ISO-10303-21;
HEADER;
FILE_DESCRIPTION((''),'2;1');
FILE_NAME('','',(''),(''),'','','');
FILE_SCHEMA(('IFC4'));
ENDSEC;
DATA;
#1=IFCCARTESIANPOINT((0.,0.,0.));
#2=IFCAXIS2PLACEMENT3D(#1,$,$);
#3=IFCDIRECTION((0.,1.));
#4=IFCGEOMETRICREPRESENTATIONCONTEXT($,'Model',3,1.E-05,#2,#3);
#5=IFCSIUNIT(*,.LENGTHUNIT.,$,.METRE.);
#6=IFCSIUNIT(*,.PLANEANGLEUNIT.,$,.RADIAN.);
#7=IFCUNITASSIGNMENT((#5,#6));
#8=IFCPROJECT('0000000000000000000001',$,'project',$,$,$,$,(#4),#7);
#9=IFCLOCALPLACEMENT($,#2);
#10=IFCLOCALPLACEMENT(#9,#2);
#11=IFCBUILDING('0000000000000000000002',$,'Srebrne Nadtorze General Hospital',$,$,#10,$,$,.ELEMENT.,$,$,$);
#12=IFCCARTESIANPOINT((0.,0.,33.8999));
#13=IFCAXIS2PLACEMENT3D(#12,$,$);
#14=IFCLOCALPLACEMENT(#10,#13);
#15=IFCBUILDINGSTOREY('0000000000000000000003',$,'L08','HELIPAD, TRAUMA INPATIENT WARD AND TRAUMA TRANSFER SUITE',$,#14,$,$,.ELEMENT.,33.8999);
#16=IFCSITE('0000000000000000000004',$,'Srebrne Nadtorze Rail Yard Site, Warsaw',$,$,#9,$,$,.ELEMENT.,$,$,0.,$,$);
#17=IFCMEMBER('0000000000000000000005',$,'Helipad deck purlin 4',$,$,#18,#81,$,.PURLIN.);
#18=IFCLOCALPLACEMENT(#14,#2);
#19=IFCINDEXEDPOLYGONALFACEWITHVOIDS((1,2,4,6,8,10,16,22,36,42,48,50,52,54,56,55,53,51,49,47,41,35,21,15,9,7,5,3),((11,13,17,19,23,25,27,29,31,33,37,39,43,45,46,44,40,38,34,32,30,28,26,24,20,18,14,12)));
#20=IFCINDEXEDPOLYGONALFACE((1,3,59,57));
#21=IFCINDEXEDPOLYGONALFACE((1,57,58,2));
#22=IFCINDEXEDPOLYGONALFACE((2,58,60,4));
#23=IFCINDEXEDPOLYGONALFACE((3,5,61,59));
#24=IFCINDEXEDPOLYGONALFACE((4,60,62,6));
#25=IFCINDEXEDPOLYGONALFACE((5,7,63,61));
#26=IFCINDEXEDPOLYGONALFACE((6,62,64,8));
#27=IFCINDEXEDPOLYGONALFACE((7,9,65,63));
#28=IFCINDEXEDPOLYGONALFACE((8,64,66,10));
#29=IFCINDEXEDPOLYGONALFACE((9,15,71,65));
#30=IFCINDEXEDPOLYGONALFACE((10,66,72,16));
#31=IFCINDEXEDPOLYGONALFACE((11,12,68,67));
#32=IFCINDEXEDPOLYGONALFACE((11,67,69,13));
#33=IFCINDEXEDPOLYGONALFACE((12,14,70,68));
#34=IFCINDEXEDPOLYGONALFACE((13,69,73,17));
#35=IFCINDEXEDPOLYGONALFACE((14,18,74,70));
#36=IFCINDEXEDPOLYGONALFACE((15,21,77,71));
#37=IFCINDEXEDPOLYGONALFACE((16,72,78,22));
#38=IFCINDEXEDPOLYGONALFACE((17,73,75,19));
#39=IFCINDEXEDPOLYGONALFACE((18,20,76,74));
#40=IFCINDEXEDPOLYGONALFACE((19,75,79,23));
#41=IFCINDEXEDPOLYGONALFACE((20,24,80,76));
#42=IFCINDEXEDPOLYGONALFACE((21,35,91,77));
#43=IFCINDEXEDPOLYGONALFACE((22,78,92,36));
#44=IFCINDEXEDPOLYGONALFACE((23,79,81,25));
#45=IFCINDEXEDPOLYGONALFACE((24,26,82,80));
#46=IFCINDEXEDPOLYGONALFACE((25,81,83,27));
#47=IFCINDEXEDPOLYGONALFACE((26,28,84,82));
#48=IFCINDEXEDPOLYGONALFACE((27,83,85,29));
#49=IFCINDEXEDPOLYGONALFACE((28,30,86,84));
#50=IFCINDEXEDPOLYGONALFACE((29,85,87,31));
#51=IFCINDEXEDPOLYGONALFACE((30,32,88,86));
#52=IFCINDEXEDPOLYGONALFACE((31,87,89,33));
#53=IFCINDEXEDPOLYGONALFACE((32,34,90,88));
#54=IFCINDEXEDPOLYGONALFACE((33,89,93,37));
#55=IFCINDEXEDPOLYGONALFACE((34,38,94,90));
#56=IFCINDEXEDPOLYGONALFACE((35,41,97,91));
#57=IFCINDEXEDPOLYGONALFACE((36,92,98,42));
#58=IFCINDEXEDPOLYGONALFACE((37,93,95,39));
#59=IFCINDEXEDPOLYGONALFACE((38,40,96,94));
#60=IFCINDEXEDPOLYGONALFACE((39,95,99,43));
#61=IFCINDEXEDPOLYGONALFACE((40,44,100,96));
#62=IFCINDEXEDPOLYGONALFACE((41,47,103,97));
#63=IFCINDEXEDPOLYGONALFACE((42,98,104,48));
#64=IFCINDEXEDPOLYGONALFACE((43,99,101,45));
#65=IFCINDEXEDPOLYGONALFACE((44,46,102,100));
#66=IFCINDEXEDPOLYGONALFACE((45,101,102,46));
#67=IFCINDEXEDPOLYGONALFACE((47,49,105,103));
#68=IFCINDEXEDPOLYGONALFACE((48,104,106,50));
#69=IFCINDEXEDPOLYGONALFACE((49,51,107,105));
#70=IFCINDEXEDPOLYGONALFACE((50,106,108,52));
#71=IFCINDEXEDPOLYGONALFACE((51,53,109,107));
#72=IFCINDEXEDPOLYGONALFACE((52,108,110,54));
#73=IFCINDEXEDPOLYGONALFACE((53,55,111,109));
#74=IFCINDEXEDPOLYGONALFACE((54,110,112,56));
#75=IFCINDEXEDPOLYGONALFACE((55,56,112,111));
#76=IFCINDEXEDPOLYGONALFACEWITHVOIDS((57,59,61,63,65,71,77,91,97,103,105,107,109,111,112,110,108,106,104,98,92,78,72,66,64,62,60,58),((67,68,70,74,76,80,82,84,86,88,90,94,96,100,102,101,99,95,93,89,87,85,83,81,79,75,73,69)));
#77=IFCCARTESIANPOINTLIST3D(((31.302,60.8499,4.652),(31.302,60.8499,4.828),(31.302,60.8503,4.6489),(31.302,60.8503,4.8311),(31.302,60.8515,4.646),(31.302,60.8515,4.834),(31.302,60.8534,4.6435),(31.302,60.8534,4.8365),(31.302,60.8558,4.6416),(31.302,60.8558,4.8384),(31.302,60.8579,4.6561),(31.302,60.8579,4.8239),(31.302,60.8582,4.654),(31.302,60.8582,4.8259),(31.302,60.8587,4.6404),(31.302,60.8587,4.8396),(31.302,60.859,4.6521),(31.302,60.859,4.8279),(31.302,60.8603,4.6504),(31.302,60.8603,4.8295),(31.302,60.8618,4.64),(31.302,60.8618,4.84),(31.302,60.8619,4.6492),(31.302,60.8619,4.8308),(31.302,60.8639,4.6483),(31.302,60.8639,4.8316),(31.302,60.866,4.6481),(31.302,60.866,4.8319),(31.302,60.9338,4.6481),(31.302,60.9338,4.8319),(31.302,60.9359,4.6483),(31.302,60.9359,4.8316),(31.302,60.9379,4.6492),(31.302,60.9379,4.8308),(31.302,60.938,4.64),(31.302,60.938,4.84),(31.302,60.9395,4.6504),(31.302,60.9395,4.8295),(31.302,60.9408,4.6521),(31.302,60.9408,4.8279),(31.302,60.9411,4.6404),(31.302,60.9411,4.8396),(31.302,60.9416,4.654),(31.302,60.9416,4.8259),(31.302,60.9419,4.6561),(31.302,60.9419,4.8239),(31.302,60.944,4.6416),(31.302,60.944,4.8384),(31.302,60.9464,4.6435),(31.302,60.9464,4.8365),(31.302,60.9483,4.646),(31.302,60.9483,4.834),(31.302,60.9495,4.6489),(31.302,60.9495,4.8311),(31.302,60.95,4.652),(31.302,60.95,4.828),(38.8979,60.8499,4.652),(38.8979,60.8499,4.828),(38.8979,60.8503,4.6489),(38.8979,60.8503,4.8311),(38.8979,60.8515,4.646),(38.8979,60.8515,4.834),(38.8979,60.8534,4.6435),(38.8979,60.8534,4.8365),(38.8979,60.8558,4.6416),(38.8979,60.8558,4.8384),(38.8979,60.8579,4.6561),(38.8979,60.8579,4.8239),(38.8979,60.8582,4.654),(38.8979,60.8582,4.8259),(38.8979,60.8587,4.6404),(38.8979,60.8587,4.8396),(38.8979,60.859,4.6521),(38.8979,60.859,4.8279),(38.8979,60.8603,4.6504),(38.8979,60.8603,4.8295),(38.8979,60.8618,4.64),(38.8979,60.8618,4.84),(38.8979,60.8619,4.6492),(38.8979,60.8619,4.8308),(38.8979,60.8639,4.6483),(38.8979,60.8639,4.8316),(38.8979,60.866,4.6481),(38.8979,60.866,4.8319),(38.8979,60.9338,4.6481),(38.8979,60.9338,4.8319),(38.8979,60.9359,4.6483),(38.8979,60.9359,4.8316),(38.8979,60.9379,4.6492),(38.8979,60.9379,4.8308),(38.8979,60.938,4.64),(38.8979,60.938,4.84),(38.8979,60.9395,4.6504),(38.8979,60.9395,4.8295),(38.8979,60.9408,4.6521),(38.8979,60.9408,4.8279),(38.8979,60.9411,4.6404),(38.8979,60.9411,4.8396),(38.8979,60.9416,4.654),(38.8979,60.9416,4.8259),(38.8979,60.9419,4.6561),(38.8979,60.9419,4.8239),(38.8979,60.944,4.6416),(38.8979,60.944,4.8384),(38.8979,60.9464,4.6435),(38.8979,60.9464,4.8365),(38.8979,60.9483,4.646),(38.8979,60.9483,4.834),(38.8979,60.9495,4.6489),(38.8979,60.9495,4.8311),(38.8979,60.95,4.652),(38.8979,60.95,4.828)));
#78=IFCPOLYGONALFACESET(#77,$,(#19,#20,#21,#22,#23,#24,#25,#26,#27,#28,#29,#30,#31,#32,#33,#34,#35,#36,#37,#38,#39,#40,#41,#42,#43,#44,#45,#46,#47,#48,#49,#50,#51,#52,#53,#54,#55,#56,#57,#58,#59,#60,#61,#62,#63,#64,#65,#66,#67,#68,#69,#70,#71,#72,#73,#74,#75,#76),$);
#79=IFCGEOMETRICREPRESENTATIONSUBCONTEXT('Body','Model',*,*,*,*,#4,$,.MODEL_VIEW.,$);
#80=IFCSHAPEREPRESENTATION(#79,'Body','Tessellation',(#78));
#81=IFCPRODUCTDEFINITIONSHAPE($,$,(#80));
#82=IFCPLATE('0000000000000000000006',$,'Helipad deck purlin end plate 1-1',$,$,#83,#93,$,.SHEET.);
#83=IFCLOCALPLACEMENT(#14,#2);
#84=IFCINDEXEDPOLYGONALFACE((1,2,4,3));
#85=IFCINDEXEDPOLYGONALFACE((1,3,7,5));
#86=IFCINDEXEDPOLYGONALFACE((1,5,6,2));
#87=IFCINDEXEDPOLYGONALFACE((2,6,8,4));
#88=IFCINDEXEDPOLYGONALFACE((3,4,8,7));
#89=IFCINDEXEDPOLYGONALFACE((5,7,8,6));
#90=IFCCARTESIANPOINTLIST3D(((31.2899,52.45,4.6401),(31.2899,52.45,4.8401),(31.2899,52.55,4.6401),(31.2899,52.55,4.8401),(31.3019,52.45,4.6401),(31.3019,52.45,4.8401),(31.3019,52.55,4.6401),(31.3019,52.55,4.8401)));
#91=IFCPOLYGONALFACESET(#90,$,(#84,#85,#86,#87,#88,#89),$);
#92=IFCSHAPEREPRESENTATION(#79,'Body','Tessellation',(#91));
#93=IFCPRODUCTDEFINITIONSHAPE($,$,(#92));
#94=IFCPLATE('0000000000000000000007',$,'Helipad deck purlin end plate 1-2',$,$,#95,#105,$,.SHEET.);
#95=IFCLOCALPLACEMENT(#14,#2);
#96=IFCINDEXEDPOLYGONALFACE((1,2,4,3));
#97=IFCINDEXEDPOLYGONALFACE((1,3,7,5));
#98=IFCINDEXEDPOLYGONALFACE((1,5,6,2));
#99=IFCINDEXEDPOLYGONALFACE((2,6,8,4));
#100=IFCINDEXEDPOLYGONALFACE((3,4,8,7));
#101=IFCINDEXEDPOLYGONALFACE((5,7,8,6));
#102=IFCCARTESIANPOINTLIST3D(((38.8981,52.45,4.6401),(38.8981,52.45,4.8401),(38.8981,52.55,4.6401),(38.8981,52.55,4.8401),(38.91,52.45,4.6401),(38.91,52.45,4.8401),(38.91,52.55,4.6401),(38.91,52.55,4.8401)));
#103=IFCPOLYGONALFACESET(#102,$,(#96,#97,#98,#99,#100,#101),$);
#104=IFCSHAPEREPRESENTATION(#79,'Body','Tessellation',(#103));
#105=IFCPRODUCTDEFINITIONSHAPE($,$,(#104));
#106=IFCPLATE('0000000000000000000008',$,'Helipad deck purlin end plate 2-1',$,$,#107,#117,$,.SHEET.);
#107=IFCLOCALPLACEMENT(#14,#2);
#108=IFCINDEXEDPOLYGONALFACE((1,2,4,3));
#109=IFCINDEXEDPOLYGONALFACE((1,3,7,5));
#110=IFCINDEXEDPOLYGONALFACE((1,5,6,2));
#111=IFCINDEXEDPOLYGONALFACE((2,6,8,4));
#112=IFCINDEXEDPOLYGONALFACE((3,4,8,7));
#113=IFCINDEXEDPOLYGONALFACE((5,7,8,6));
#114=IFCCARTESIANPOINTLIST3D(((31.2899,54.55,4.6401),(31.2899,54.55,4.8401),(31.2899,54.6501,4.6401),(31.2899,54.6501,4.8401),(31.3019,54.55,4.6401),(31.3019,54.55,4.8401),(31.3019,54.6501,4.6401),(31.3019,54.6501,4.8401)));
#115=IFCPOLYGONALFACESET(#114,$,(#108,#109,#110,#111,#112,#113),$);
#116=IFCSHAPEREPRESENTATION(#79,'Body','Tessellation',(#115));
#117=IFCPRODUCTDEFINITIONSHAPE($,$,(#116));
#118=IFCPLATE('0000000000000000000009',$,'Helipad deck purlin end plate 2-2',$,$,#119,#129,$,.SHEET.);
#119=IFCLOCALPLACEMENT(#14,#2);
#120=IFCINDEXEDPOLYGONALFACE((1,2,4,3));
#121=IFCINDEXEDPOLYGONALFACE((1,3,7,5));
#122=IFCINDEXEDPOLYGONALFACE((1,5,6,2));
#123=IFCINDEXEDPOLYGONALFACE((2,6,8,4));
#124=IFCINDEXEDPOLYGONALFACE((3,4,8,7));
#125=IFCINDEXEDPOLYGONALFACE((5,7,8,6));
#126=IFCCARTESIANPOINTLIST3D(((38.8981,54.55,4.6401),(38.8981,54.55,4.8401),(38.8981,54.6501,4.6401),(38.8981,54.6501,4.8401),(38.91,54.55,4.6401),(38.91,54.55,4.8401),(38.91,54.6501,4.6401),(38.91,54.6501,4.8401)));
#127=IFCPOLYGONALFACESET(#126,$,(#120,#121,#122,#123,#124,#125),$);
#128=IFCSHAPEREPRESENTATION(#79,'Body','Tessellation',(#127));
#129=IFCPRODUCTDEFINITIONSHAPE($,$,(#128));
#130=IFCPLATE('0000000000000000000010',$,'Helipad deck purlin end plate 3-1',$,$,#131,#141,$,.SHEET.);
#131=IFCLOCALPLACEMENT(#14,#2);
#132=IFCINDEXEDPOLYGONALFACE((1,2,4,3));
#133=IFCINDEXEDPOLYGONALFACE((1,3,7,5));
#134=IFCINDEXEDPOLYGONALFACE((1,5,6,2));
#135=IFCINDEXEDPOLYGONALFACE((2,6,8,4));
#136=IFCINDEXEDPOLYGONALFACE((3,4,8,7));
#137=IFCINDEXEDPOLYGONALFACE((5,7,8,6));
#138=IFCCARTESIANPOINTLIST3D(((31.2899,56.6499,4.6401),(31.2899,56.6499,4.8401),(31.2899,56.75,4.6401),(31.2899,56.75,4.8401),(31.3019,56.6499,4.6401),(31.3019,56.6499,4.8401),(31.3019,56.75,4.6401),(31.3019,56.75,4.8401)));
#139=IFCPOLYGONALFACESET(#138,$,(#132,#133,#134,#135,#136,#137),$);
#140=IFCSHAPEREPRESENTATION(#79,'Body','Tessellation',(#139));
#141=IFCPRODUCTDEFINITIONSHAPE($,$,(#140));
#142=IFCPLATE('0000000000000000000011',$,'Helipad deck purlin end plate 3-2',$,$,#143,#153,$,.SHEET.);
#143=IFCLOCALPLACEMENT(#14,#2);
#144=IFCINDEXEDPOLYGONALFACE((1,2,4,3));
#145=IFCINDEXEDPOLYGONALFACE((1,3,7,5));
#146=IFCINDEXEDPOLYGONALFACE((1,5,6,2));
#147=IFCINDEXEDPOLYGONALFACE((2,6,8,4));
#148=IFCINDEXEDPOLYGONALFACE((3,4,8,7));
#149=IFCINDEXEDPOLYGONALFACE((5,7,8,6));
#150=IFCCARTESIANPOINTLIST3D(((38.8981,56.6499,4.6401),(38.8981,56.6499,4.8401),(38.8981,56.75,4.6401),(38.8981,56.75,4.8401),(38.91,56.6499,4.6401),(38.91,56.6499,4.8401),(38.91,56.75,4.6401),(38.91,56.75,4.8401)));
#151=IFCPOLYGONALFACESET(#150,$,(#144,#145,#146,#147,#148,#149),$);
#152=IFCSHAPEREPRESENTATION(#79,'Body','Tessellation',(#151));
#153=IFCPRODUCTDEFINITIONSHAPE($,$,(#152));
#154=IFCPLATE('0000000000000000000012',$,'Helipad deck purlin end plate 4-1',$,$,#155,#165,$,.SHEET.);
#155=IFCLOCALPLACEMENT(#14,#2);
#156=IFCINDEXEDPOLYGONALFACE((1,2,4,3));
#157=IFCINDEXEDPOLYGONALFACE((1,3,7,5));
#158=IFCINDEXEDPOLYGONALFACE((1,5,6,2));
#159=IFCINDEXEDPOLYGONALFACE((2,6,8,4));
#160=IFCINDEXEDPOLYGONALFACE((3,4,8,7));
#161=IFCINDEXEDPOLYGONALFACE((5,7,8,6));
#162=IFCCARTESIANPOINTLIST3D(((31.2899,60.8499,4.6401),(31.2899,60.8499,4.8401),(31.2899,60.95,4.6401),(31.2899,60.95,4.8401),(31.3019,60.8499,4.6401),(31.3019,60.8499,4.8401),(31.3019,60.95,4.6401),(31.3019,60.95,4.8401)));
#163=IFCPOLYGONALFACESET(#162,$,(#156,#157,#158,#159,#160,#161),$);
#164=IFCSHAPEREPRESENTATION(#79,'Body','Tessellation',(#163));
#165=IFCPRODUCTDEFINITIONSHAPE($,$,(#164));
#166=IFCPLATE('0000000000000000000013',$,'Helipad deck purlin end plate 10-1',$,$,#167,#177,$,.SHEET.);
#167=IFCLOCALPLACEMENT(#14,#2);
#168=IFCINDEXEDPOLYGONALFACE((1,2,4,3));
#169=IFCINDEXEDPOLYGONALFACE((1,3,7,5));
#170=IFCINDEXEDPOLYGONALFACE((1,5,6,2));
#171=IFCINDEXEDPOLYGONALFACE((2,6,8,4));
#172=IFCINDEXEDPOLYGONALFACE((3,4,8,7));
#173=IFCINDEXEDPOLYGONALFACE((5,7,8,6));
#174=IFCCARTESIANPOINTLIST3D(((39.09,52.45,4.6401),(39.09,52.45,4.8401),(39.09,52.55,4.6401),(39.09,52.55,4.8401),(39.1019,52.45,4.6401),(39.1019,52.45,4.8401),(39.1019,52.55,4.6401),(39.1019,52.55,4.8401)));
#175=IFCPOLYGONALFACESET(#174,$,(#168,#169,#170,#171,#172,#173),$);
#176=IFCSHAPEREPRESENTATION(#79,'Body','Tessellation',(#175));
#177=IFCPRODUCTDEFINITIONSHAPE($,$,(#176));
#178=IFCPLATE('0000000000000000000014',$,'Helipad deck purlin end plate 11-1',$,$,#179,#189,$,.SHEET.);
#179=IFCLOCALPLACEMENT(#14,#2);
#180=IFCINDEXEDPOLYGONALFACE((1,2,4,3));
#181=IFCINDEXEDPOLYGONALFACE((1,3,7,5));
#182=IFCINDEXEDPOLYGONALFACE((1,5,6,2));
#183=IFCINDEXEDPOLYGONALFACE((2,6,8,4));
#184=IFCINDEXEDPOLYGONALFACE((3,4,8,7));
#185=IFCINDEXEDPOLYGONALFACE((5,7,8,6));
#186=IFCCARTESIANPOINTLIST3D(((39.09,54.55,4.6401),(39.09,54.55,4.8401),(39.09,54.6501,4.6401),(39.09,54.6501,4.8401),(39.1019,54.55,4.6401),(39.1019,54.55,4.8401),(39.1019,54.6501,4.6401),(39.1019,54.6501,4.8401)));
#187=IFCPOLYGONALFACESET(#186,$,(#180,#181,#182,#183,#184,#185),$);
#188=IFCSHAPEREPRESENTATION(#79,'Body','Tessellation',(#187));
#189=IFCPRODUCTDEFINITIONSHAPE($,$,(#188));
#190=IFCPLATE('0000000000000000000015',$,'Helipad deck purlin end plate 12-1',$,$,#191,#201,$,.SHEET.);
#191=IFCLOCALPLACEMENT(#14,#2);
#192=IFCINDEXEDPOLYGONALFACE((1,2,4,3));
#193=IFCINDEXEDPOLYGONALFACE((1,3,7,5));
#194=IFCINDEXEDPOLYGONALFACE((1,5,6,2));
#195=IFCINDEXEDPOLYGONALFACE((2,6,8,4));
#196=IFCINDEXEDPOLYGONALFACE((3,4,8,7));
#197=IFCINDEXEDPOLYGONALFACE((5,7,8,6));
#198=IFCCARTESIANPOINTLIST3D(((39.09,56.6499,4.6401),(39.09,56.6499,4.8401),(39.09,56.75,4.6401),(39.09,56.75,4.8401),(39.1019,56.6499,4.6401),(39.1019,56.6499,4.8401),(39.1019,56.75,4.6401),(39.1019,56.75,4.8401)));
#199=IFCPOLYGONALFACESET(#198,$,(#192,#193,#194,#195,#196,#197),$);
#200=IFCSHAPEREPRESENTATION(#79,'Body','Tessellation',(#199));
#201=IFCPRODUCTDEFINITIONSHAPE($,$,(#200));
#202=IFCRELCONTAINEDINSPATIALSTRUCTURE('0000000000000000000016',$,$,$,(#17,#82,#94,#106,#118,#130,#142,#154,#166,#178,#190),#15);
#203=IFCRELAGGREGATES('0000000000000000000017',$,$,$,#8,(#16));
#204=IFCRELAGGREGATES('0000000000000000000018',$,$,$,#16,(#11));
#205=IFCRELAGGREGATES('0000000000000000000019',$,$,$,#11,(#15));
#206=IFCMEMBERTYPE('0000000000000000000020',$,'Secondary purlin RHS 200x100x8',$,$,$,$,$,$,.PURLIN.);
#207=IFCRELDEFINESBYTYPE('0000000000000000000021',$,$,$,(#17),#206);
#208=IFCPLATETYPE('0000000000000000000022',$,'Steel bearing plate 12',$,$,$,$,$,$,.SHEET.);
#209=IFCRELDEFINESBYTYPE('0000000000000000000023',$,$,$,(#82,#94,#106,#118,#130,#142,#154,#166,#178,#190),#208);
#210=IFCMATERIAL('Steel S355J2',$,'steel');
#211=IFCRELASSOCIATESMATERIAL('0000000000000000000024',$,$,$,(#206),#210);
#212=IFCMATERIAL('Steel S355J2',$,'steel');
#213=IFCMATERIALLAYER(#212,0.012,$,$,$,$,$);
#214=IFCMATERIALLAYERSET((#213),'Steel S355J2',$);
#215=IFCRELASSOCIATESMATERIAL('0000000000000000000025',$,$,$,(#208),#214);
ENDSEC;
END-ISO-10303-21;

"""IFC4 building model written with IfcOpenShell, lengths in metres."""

from ifc_helpers import new_model, si_unit, direction, frame, origin, origin_2d, place, context, subcontext, project, spatial, rectangle, hollow_rectangle, extrude, material, layer, layer_set, material_profile, profile_set, type_object, element, save


model = new_model("IFC4")

# Units and contexts
model_context = context("Model", 3, precision=1e-05, world=origin(), true_north=direction((0.0, 1.0)))
body_context = subcontext(model_context, "Body", "Model", "MODEL_VIEW")
ifc_project = project(units=[si_unit("LENGTHUNIT", "METRE"), si_unit("PLANEANGLEUNIT", "RADIAN")], contexts=[model_context])

# Site, building, storey
site_placement = place(None, origin())
site = spatial("IfcSite", under=ifc_project, at=site_placement, Name="Srebrne Nadtorze Rail Yard Site, Warsaw", CompositionType="ELEMENT", RefElevation=0.0)
building_placement = place(site_placement, origin())
building = spatial("IfcBuilding", under=site, at=building_placement, Name="Srebrne Nadtorze General Hospital", CompositionType="ELEMENT")
storey_placement = place(building_placement, frame((0.0, 0.0, 33.8999)))
storey = spatial("IfcBuildingStorey", under=building, at=storey_placement, Name="L08", Description="HELIPAD, TRAUMA INPATIENT WARD AND TRAUMA TRANSFER SUITE", CompositionType="ELEMENT", Elevation=33.8999)

# Member
ifc_material_1 = material(Name="Steel S355J2", Category="steel")
ifc_material_profile_1 = material_profile(ifc_material_1, hollow_rectangle(XDim=0.1001, YDim=0.2, WallThickness=0.0081, InnerFilletRadius=0.0081, OuterFilletRadius=0.012, at=origin_2d()), Name="RHS-200x100x8")
ifc_profile_set_1 = profile_set([ifc_material_profile_1], Name="Steel S355J2")
member_type_1 = type_object("IfcMemberType", Name="Secondary purlin RHS 200x100x8", PredefinedType="PURLIN", material=ifc_profile_set_1)
for number, where, z_axis, x_axis, name in (
    (1, (31.302, 60.8999, 4.74), (1.0, 0.0, 0.0), (0.0, 1.0, 0.0), "Helipad deck purlin 4"),
):
    element("IfcMember", number, at=place(storey_placement, frame(where, z_axis=z_axis, x_axis=x_axis)), inside=storey, type_object=member_type_1, Name=name, PredefinedType="PURLIN", context=body_context, shape_type="SweptSolid", body=[
        extrude(hollow_rectangle(XDim=0.1001, YDim=0.2, WallThickness=0.0081, InnerFilletRadius=0.0081, OuterFilletRadius=0.012, at=origin_2d()), origin(), (0.0, 0.0, 1.0), 7.5959),
    ])

# Plates
ifc_material_2 = material(Name="Steel S355J2", Category="steel")
ifc_layer_1 = layer(ifc_material_2, 0.012)
ifc_layer_set_1 = layer_set([ifc_layer_1], Name="Steel S355J2")
plate_type = type_object("IfcPlateType", Name="Steel bearing plate 12", PredefinedType="SHEET", material=ifc_layer_set_1)
for number, where, z_axis, x_axis, name in (
    (2, (31.2959, 52.5, 4.6401), (0.0, 0.0, 1.0), (1.0, 0.0, 0.0), "Helipad deck purlin end plate 1-1"),
    (3, (38.9041, 52.5, 4.6401), (0.0, 0.0, 1.0), (1.0, 0.0, 0.0), "Helipad deck purlin end plate 1-2"),
    (4, (31.2959, 54.6001, 4.6401), (0.0, 0.0, 1.0), (1.0, 0.0, 0.0), "Helipad deck purlin end plate 2-1"),
    (5, (38.9041, 54.6001, 4.6401), (0.0, 0.0, 1.0), (1.0, 0.0, 0.0), "Helipad deck purlin end plate 2-2"),
    (6, (31.2959, 56.7, 4.6401), (0.0, 0.0, 1.0), (1.0, 0.0, 0.0), "Helipad deck purlin end plate 3-1"),
    (7, (38.9041, 56.7, 4.6401), (0.0, 0.0, 1.0), (1.0, 0.0, 0.0), "Helipad deck purlin end plate 3-2"),
    (8, (31.2959, 60.8999, 4.6401), (0.0, 0.0, 1.0), (1.0, 0.0, 0.0), "Helipad deck purlin end plate 4-1"),
    (9, (39.0959, 52.5, 4.6401), (0.0, 0.0, 1.0), (1.0, 0.0, 0.0), "Helipad deck purlin end plate 10-1"),
    (10, (39.0959, 54.6001, 4.6401), (0.0, 0.0, 1.0), (1.0, 0.0, 0.0), "Helipad deck purlin end plate 11-1"),
    (11, (39.0959, 56.7, 4.6401), (0.0, 0.0, 1.0), (1.0, 0.0, 0.0), "Helipad deck purlin end plate 12-1"),
):
    element("IfcPlate", number, at=place(storey_placement, frame(where, z_axis=z_axis, x_axis=x_axis)), inside=storey, type_object=plate_type, Name=name, PredefinedType="SHEET", context=body_context, shape_type="SweptSolid", body=[
        extrude(rectangle(XDim=0.012, YDim=0.1001, at=origin_2d()), origin(), (0.0, 0.0, 1.0), 0.2),
    ])

save(model, "model.ifc")
